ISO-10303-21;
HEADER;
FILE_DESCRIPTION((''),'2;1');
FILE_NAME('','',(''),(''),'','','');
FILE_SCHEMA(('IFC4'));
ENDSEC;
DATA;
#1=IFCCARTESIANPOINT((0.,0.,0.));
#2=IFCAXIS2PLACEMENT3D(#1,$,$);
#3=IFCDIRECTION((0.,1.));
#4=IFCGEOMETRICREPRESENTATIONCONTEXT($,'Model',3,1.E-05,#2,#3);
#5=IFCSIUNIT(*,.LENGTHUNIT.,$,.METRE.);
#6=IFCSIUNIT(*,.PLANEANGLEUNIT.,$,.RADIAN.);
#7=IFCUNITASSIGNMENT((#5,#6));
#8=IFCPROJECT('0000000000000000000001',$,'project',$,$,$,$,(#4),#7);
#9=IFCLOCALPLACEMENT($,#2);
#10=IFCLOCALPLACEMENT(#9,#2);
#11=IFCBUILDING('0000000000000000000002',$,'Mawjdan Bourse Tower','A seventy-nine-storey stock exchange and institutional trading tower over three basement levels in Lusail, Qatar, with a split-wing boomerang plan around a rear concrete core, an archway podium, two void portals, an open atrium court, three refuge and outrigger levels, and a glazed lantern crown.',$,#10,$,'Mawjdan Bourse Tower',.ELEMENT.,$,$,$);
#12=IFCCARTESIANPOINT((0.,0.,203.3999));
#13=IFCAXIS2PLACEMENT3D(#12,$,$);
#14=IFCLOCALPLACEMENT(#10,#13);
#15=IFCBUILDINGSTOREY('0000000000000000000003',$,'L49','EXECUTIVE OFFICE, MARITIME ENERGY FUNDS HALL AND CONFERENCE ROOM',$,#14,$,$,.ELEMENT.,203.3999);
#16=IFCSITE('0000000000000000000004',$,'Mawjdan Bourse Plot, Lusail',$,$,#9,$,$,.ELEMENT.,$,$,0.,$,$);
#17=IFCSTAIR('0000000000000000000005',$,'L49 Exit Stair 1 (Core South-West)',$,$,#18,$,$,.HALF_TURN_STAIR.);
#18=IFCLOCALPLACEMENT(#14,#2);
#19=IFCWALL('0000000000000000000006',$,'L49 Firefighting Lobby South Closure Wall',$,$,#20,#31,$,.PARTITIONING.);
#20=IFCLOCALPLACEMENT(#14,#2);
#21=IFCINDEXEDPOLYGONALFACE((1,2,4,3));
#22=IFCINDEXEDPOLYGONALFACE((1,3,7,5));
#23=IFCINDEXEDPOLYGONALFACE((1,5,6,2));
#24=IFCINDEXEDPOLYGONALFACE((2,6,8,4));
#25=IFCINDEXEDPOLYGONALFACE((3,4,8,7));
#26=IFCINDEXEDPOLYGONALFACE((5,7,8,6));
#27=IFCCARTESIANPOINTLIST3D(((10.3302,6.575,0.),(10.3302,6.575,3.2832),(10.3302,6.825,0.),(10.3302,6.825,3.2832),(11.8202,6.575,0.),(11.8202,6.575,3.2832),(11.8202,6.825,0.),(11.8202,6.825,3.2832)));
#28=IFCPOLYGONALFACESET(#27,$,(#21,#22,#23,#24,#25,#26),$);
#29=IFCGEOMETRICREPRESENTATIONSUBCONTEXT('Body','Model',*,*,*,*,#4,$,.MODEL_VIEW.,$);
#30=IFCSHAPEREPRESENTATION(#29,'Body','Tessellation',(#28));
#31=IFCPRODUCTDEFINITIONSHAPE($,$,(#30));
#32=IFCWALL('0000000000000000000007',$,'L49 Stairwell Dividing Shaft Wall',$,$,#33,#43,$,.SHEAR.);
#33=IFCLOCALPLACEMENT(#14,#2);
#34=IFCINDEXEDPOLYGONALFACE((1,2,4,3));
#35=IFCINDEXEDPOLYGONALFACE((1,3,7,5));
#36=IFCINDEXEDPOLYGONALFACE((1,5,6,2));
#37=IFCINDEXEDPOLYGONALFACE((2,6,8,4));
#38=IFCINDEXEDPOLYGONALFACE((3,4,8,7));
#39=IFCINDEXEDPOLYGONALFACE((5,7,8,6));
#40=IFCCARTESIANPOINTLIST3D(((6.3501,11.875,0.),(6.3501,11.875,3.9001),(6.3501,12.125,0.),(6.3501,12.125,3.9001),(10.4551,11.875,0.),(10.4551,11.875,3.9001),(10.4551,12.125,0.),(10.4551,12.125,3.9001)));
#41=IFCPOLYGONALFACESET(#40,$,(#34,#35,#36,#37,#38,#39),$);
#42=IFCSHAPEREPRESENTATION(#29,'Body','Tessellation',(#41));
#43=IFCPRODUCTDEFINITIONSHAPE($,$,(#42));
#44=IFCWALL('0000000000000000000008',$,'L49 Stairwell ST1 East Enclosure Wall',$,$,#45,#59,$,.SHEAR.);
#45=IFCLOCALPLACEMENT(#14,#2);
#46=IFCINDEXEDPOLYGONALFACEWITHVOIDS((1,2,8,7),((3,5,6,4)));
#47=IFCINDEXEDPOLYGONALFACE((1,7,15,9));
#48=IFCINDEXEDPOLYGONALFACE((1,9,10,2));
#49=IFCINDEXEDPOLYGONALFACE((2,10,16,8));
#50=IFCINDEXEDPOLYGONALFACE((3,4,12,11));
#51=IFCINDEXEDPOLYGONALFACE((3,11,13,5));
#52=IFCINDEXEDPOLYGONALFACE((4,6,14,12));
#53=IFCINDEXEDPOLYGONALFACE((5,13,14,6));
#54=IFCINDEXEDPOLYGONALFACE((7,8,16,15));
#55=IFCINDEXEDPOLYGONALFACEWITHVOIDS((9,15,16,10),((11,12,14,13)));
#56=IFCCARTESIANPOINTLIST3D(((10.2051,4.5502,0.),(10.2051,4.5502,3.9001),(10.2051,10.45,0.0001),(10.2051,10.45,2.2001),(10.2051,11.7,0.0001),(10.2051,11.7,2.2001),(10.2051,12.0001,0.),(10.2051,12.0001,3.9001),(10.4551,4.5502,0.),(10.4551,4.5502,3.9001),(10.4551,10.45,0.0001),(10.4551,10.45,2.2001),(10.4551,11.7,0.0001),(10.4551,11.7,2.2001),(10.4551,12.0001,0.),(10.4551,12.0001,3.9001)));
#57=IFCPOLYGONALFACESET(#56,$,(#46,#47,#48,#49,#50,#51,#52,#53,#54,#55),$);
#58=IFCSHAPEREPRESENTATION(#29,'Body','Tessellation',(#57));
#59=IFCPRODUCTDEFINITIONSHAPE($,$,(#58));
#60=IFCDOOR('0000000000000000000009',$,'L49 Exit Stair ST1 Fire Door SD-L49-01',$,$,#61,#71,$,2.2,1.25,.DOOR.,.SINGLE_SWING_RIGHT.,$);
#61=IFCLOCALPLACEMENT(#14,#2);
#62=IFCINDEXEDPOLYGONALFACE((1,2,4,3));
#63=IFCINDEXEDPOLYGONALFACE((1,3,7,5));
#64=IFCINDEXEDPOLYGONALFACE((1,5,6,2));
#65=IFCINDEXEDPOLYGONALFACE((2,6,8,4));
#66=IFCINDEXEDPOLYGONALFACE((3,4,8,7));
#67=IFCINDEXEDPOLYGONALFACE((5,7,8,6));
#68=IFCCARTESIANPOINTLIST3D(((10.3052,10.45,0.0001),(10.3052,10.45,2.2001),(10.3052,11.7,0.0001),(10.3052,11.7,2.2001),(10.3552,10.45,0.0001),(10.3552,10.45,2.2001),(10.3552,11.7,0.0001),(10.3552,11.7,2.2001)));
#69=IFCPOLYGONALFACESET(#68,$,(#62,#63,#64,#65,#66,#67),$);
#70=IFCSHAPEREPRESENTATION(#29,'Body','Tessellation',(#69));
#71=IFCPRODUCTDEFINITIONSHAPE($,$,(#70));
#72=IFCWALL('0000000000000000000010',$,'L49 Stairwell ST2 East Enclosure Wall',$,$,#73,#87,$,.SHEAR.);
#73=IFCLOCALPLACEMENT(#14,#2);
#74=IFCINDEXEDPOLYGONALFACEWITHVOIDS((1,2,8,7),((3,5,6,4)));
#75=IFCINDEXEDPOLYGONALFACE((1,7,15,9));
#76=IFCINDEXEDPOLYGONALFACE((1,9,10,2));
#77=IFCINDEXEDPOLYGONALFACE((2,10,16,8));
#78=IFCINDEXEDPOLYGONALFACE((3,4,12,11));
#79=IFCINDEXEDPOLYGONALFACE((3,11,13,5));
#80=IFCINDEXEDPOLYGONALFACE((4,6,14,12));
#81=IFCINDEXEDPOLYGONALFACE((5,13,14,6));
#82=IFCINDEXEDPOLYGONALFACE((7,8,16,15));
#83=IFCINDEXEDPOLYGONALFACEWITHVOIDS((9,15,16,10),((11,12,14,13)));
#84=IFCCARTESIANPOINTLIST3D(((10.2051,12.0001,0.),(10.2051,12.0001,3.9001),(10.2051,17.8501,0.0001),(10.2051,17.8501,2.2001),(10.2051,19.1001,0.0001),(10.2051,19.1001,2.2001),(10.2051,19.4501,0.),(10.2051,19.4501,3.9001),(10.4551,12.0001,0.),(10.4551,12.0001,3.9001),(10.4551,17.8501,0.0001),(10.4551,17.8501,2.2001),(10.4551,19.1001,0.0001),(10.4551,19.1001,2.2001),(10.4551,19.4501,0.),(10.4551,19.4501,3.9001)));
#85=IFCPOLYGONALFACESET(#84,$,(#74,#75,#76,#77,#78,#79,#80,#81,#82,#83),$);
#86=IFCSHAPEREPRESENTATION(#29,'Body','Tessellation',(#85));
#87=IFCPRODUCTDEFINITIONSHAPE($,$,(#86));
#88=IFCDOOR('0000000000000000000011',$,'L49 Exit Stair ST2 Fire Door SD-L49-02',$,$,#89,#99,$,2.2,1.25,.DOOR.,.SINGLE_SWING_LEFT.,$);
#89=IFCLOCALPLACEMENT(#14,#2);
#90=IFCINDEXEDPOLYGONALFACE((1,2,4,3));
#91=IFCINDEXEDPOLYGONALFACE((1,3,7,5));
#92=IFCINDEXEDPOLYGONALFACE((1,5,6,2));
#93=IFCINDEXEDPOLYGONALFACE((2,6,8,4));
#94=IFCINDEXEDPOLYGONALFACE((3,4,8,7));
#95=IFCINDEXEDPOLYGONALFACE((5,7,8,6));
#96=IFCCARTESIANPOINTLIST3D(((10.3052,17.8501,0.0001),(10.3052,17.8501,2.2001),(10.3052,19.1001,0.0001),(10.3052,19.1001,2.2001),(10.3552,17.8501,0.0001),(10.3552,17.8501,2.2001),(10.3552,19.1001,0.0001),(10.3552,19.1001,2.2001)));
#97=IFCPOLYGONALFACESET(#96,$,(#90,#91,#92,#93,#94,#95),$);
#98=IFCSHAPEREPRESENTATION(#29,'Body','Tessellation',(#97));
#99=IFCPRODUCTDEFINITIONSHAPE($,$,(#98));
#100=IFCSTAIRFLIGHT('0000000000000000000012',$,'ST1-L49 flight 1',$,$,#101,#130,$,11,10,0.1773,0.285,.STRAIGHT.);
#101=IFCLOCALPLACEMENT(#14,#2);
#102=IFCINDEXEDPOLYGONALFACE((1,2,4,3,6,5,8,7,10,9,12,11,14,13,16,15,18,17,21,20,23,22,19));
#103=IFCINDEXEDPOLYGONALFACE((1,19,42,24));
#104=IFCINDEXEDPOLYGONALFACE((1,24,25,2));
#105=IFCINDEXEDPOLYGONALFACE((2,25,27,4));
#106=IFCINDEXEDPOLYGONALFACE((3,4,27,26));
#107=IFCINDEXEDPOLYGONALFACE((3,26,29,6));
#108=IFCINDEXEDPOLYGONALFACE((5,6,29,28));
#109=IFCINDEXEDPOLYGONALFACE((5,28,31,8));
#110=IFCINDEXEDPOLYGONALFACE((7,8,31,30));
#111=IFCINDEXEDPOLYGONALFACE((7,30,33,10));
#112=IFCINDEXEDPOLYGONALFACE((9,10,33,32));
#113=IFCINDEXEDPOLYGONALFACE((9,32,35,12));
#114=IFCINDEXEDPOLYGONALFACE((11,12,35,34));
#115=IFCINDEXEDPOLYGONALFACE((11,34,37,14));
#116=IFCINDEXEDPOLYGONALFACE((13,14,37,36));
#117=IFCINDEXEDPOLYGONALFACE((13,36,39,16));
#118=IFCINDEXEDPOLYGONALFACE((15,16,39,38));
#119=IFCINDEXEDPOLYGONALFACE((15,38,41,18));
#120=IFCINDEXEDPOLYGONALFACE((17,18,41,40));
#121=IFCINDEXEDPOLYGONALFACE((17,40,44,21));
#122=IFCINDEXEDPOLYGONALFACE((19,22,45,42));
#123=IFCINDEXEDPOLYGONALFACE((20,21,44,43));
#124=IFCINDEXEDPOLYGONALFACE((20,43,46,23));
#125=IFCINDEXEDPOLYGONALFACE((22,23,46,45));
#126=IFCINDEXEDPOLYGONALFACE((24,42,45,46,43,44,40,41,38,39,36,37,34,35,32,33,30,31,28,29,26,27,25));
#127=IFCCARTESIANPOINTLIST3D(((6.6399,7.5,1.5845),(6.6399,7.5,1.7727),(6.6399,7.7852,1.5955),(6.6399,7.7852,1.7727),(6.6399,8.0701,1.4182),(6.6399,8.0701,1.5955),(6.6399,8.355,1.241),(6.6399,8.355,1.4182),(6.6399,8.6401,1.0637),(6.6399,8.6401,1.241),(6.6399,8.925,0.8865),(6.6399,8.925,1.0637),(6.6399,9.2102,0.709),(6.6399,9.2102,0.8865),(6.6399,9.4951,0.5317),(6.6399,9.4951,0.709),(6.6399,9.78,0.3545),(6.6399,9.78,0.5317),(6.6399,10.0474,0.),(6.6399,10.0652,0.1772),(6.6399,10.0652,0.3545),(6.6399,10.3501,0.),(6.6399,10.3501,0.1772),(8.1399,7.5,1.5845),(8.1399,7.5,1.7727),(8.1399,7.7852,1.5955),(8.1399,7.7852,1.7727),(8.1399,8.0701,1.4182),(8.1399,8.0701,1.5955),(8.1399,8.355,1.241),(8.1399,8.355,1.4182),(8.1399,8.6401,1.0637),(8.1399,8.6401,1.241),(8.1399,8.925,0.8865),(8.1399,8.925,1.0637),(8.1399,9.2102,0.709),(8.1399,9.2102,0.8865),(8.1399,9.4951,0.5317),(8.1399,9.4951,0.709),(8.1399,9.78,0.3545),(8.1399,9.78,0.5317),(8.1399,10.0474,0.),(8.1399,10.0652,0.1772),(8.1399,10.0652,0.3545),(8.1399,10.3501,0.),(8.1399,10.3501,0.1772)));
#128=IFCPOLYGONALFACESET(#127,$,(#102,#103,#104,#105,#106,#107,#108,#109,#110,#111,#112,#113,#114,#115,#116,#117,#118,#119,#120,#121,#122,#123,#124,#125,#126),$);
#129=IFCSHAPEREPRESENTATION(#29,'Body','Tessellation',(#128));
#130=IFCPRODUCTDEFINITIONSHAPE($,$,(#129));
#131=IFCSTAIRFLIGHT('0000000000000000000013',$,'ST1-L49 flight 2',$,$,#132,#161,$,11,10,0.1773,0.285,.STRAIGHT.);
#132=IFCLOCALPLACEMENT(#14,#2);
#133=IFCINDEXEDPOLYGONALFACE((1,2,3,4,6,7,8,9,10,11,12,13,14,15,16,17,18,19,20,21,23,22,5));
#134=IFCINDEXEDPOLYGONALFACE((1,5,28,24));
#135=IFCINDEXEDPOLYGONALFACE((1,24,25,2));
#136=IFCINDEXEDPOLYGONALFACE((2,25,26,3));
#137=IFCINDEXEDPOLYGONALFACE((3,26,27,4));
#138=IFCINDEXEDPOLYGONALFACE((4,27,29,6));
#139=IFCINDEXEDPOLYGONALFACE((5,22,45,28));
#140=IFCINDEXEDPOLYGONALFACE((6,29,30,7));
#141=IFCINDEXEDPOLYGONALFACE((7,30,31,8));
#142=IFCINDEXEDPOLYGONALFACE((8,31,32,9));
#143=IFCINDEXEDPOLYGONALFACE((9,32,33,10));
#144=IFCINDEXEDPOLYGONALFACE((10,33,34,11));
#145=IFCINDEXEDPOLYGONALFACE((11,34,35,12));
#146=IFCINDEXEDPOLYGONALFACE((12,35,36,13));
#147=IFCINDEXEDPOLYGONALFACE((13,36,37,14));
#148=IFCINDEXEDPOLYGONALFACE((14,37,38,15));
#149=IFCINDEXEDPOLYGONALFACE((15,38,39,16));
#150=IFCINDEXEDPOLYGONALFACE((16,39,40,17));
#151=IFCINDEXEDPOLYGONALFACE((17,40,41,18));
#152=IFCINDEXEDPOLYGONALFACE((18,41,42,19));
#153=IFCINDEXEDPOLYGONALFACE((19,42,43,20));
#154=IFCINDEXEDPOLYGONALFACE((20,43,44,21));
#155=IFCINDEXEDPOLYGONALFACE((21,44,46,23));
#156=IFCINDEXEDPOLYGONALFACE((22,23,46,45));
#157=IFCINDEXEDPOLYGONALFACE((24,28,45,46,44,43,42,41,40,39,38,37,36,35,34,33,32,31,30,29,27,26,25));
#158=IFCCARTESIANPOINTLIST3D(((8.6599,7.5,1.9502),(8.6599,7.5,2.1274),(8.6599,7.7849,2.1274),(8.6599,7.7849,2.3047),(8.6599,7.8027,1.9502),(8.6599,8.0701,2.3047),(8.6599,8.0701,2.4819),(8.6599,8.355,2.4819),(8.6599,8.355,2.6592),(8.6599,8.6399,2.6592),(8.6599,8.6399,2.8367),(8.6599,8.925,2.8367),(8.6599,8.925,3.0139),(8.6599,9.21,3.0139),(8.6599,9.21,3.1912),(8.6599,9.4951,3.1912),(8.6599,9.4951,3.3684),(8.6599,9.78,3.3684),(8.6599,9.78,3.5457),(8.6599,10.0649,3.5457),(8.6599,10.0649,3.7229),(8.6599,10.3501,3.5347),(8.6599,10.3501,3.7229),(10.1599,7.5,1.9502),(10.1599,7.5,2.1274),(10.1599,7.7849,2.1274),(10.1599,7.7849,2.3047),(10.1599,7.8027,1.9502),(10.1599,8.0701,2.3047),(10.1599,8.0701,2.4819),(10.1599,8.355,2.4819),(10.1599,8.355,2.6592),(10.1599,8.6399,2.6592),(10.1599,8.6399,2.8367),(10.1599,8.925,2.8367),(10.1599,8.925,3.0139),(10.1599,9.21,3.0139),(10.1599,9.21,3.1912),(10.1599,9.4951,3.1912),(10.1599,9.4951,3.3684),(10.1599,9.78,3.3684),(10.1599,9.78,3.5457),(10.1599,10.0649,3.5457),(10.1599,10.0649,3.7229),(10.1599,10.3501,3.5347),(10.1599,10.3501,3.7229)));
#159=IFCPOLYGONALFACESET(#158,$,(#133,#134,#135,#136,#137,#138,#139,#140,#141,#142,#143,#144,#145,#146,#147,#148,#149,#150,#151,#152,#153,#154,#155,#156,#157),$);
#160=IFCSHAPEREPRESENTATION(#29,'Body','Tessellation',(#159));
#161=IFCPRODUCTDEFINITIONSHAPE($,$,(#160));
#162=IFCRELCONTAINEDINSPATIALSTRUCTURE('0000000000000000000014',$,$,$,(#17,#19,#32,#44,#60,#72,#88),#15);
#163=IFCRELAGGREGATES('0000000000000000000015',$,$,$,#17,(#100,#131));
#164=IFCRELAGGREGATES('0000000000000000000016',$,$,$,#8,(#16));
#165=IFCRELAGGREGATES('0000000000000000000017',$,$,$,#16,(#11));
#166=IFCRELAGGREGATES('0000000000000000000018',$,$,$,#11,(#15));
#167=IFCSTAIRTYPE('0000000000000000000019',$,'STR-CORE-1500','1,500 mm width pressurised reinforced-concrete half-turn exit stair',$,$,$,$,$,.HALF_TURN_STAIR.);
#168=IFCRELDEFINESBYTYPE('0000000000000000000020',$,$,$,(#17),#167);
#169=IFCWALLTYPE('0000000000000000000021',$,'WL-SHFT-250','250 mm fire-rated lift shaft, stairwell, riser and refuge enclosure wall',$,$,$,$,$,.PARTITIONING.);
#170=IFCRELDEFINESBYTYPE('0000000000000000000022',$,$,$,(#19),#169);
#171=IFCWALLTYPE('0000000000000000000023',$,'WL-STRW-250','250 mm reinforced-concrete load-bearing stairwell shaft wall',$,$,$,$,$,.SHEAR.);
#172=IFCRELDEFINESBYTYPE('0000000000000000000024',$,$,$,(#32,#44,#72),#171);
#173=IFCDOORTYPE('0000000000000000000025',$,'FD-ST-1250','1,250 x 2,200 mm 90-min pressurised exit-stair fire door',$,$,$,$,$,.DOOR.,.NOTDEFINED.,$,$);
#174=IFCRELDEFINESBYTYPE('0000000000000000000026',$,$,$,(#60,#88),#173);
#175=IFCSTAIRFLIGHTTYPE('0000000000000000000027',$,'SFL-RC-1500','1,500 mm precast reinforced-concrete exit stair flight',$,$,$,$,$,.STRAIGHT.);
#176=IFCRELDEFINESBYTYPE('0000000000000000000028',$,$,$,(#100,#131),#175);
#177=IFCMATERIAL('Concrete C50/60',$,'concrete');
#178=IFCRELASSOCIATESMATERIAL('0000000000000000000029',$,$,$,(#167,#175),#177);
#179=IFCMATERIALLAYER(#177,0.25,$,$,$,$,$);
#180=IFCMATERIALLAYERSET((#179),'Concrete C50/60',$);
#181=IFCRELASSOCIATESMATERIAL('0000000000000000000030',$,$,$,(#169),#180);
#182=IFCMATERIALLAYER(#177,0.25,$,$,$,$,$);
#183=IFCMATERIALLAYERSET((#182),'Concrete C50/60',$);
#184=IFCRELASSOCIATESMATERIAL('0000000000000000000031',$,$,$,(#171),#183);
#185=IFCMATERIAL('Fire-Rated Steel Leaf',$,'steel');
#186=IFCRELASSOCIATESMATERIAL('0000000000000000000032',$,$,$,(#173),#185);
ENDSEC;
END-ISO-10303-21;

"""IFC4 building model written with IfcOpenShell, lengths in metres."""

from ifc_helpers import new_model, si_unit, direction, frame, frame_2d, origin, place, context, subcontext, project, spatial, polyline, rectangle, outline, extrude, material, layer, layer_set, type_object, element, fill, aggregate, save


model = new_model("IFC4")

# Units and contexts
model_context = context("Model", 3, precision=1e-05, world=origin(), true_north=direction((0.0, 1.0)))
body_context = subcontext(model_context, "Body", "Model", "MODEL_VIEW")
ifc_project = project(units=[si_unit("LENGTHUNIT", "METRE"), si_unit("PLANEANGLEUNIT", "RADIAN")], contexts=[model_context])

# Site, building, storey
site_placement = place(None, origin())
site = spatial("IfcSite", under=ifc_project, at=site_placement, Name="Mawjdan Bourse Plot, Lusail", CompositionType="ELEMENT", RefElevation=0.0)
building_placement = place(site_placement, origin())
building = spatial("IfcBuilding", under=site, at=building_placement, Name="Mawjdan Bourse Tower", Description="A seventy-nine-storey stock exchange and institutional trading tower over three basement levels in Lusail, Qatar, with a split-wing boomerang plan around a rear concrete core, an archway podium, two void portals, an open atrium court, three refuge and outrigger levels, and a glazed lantern crown.", LongName="Mawjdan Bourse Tower", CompositionType="ELEMENT")
storey_placement = place(building_placement, frame((0.0, 0.0, 203.3999)))
storey = spatial("IfcBuildingStorey", under=building, at=storey_placement, Name="L49", Description="EXECUTIVE OFFICE, MARITIME ENERGY FUNDS HALL AND CONFERENCE ROOM", CompositionType="ELEMENT", Elevation=203.3999)

# Stair
ifc_material_1 = material(Name="Concrete C50/60", Category="concrete")
stair_type = type_object("IfcStairType", Name="STR-CORE-1500", Description="1,500 mm width pressurised reinforced-concrete half-turn exit stair", PredefinedType="HALF_TURN_STAIR", material=ifc_material_1)
stair_1_placement = place(storey_placement, origin())
stair_1 = element("IfcStair", 1, at=stair_1_placement, inside=storey, type_object=stair_type, Name="L49 Exit Stair 1 (Core South-West)", PredefinedType="HALF_TURN_STAIR")

# Shared definitions
ifc_layer_1 = layer(ifc_material_1, 0.25)
ifc_layer_set_1 = layer_set([ifc_layer_1], Name="Concrete C50/60")
wall_type_1 = type_object("IfcWallType", Name="WL-SHFT-250", Description="250 mm fire-rated lift shaft, stairwell, riser and refuge enclosure wall", PredefinedType="PARTITIONING", material=ifc_layer_set_1)

# Walls
wall_1_placement = place(storey_placement, frame((10.3301, 6.7, 0.0), z_axis=(0.0, 0.0, 1.0), x_axis=(1.0, 0.0, 0.0)))
element("IfcWall", 2, at=wall_1_placement, inside=storey, type_object=wall_type_1, Name="L49 Firefighting Lobby South Closure Wall", PredefinedType="PARTITIONING", context=body_context, shape_type="SweptSolid", body=[
    extrude(rectangle(XDim=1.49, YDim=0.25, at=frame_2d((0.7451, 0.0))), origin(), (0.0, 0.0, 1.0), 3.2832),
])
ifc_layer_2 = layer(ifc_material_1, 0.25)
ifc_layer_set_2 = layer_set([ifc_layer_2], Name="Concrete C50/60")
wall_type_2 = type_object("IfcWallType", Name="WL-STRW-250", Description="250 mm reinforced-concrete load-bearing stairwell shaft wall", PredefinedType="SHEAR", material=ifc_layer_set_2)
wall_2_placement = place(storey_placement, frame((6.3501, 12.0, 0.0), z_axis=(0.0, 0.0, 1.0), x_axis=(1.0, 0.0, 0.0)))
element("IfcWall", 3, at=wall_2_placement, inside=storey, type_object=wall_type_2, Name="L49 Stairwell Dividing Shaft Wall", PredefinedType="SHEAR", context=body_context, shape_type="SweptSolid", body=[
    extrude(rectangle(XDim=4.105, YDim=0.25, at=frame_2d((2.0525, 0.0))), origin(), (0.0, 0.0, 1.0), 3.9001),
])

# Walls, openings, doors
wall_3_placement = place(storey_placement, frame((10.3301, 4.55, 0.0), z_axis=(0.0, 0.0, 1.0), x_axis=(0.0, 1.0, 0.0)))
wall_3 = element("IfcWall", 4, at=wall_3_placement, inside=storey, type_object=wall_type_2, Name="L49 Stairwell ST1 East Enclosure Wall", PredefinedType="SHEAR", context=body_context, shape_type="SweptSolid", body=[
    extrude(rectangle(XDim=7.45, YDim=0.25, at=frame_2d((3.7251, 0.0))), origin(), (0.0, 0.0, 1.0), 3.9001),
])
opening_1_placement = place(wall_3_placement, frame((5.8999, 0.0, 0.0)))
opening_1 = element("IfcOpeningElement", 5, at=opening_1_placement, cuts=wall_3, PredefinedType="OPENING", context=body_context, shape_type="SweptSolid", body=[
    extrude(rectangle(XDim=1.25, YDim=2.2, at=frame_2d((0.625, 1.1001))), frame((0.0, 0.135, 0.0), z_axis=(0.0, -1.0, 0.0), x_axis=(1.0, 0.0, 0.0)), (0.0, 0.0, 1.0), 0.27),
])
ifc_material_2 = material(Name="Fire-Rated Steel Leaf", Category="steel")
door_type_1 = type_object("IfcDoorType", Name="FD-ST-1250", Description="1,250 x 2,200 mm 90-min pressurised exit-stair fire door", OperationType="NOTDEFINED", PredefinedType="DOOR", material=ifc_material_2)
door_1_placement = place(opening_1_placement, origin())
door_1 = element("IfcDoor", 6, at=door_1_placement, inside=storey, type_object=door_type_1, Name="L49 Exit Stair ST1 Fire Door SD-L49-01", OperationType="SINGLE_SWING_RIGHT", OverallHeight=2.2, OverallWidth=1.25, PredefinedType="DOOR", context=body_context, shape_type="SweptSolid", body=[
    extrude(rectangle(XDim=1.25, YDim=2.2, at=frame_2d((0.625, 1.1001))), frame((0.0, 0.0249, 0.0), z_axis=(0.0, -1.0, 0.0), x_axis=(1.0, 0.0, 0.0)), (0.0, 0.0, 1.0), 0.05),
])
fill(opening_1, door_1)
wall_4_placement = place(storey_placement, frame((10.3301, 12.0, 0.0), z_axis=(0.0, 0.0, 1.0), x_axis=(0.0, 1.0, 0.0)))
wall_4 = element("IfcWall", 7, at=wall_4_placement, inside=storey, type_object=wall_type_2, Name="L49 Stairwell ST2 East Enclosure Wall", PredefinedType="SHEAR", context=body_context, shape_type="SweptSolid", body=[
    extrude(rectangle(XDim=7.45, YDim=0.25, at=frame_2d((3.7251, 0.0))), origin(), (0.0, 0.0, 1.0), 3.9001),
])
opening_2_placement = place(wall_4_placement, frame((5.8501, 0.0, 0.0)))
opening_2 = element("IfcOpeningElement", 8, at=opening_2_placement, cuts=wall_4, PredefinedType="OPENING", context=body_context, shape_type="SweptSolid", body=[
    extrude(rectangle(XDim=1.25, YDim=2.2, at=frame_2d((0.625, 1.1001))), frame((0.0, 0.135, 0.0), z_axis=(0.0, -1.0, 0.0), x_axis=(1.0, 0.0, 0.0)), (0.0, 0.0, 1.0), 0.27),
])
door_2_placement = place(opening_2_placement, origin())
door_2 = element("IfcDoor", 9, at=door_2_placement, inside=storey, type_object=door_type_1, Name="L49 Exit Stair ST2 Fire Door SD-L49-02", OperationType="SINGLE_SWING_LEFT", OverallHeight=2.2, OverallWidth=1.25, PredefinedType="DOOR", context=body_context, shape_type="SweptSolid", body=[
    extrude(rectangle(XDim=1.25, YDim=2.2, at=frame_2d((0.625, 1.1001))), frame((0.0, 0.0249, 0.0), z_axis=(0.0, -1.0, 0.0), x_axis=(1.0, 0.0, 0.0)), (0.0, 0.0, 1.0), 0.05),
])
fill(opening_2, door_2)

# Stair flights
stair_flight_type = type_object("IfcStairFlightType", Name="SFL-RC-1500", Description="1,500 mm precast reinforced-concrete exit stair flight", PredefinedType="STRAIGHT", material=ifc_material_1)
stair_flight_1_placement = place(storey_placement, frame((7.3899, 10.3501, 0.0), z_axis=(0.0, 0.0, 1.0), x_axis=(0.0, -1.0, 0.0)))
stair_flight_1 = element("IfcStairFlight", 10, at=stair_flight_1_placement, type_object=stair_flight_type, Name="ST1-L49 flight 1", NumberOfRisers=11, NumberOfTreads=10, PredefinedType="STRAIGHT", RiserHeight=0.1773, TreadLength=0.285, context=body_context, shape_type="SweptSolid", body=[
    extrude(outline(polyline([(0.0, 0.0), (0.0, 0.1772), (0.2849, 0.1772), (0.2849, 0.3545), (0.5701, 0.3545), (0.5701, 0.5317), (0.855, 0.5317), (0.855, 0.709), (1.1399, 0.709), (1.1399, 0.8865), (1.425, 0.8865), (1.425, 1.0637), (1.71, 1.0637), (1.71, 1.241), (1.9951, 1.241), (1.9951, 1.4182), (2.28, 1.4182), (2.28, 1.5955), (2.5649, 1.5955), (2.5649, 1.7727), (2.8501, 1.7727), (2.8501, 1.95), (2.8501, 1.5845), (0.3027, 0.0), (0.0, 0.0)])), frame((0.0, 0.75, 0.0), z_axis=(0.0, -1.0, 0.0), x_axis=(1.0, 0.0, 0.0)), (0.0, 0.0, 1.0), 1.5),
])
stair_flight_2_placement = place(storey_placement, frame((9.4099, 7.5, 1.9502), z_axis=(0.0, 0.0, 1.0), x_axis=(0.0, 1.0, 0.0)))
stair_flight_2 = element("IfcStairFlight", 11, at=stair_flight_2_placement, type_object=stair_flight_type, Name="ST1-L49 flight 2", NumberOfRisers=11, NumberOfTreads=10, PredefinedType="STRAIGHT", RiserHeight=0.1773, TreadLength=0.285, context=body_context, shape_type="SweptSolid", body=[
    extrude(outline(polyline([(0.0, 0.0), (0.0, 0.1772), (0.2849, 0.1772), (0.2849, 0.3545), (0.5701, 0.3545), (0.5701, 0.5317), (0.855, 0.5317), (0.855, 0.709), (1.1399, 0.709), (1.1399, 0.8865), (1.425, 0.8865), (1.425, 1.0637), (1.71, 1.0637), (1.71, 1.241), (1.9951, 1.241), (1.9951, 1.4182), (2.28, 1.4182), (2.28, 1.5955), (2.5649, 1.5955), (2.5649, 1.7727), (2.8501, 1.7727), (2.8501, 1.95), (2.8501, 1.5845), (0.3027, 0.0), (0.0, 0.0)])), frame((0.0, 0.75, 0.0), z_axis=(0.0, -1.0, 0.0), x_axis=(1.0, 0.0, 0.0)), (0.0, 0.0, 1.0), 1.5),
])
aggregate(stair_1, [stair_flight_1, stair_flight_2])

save(model, "model.ifc")
